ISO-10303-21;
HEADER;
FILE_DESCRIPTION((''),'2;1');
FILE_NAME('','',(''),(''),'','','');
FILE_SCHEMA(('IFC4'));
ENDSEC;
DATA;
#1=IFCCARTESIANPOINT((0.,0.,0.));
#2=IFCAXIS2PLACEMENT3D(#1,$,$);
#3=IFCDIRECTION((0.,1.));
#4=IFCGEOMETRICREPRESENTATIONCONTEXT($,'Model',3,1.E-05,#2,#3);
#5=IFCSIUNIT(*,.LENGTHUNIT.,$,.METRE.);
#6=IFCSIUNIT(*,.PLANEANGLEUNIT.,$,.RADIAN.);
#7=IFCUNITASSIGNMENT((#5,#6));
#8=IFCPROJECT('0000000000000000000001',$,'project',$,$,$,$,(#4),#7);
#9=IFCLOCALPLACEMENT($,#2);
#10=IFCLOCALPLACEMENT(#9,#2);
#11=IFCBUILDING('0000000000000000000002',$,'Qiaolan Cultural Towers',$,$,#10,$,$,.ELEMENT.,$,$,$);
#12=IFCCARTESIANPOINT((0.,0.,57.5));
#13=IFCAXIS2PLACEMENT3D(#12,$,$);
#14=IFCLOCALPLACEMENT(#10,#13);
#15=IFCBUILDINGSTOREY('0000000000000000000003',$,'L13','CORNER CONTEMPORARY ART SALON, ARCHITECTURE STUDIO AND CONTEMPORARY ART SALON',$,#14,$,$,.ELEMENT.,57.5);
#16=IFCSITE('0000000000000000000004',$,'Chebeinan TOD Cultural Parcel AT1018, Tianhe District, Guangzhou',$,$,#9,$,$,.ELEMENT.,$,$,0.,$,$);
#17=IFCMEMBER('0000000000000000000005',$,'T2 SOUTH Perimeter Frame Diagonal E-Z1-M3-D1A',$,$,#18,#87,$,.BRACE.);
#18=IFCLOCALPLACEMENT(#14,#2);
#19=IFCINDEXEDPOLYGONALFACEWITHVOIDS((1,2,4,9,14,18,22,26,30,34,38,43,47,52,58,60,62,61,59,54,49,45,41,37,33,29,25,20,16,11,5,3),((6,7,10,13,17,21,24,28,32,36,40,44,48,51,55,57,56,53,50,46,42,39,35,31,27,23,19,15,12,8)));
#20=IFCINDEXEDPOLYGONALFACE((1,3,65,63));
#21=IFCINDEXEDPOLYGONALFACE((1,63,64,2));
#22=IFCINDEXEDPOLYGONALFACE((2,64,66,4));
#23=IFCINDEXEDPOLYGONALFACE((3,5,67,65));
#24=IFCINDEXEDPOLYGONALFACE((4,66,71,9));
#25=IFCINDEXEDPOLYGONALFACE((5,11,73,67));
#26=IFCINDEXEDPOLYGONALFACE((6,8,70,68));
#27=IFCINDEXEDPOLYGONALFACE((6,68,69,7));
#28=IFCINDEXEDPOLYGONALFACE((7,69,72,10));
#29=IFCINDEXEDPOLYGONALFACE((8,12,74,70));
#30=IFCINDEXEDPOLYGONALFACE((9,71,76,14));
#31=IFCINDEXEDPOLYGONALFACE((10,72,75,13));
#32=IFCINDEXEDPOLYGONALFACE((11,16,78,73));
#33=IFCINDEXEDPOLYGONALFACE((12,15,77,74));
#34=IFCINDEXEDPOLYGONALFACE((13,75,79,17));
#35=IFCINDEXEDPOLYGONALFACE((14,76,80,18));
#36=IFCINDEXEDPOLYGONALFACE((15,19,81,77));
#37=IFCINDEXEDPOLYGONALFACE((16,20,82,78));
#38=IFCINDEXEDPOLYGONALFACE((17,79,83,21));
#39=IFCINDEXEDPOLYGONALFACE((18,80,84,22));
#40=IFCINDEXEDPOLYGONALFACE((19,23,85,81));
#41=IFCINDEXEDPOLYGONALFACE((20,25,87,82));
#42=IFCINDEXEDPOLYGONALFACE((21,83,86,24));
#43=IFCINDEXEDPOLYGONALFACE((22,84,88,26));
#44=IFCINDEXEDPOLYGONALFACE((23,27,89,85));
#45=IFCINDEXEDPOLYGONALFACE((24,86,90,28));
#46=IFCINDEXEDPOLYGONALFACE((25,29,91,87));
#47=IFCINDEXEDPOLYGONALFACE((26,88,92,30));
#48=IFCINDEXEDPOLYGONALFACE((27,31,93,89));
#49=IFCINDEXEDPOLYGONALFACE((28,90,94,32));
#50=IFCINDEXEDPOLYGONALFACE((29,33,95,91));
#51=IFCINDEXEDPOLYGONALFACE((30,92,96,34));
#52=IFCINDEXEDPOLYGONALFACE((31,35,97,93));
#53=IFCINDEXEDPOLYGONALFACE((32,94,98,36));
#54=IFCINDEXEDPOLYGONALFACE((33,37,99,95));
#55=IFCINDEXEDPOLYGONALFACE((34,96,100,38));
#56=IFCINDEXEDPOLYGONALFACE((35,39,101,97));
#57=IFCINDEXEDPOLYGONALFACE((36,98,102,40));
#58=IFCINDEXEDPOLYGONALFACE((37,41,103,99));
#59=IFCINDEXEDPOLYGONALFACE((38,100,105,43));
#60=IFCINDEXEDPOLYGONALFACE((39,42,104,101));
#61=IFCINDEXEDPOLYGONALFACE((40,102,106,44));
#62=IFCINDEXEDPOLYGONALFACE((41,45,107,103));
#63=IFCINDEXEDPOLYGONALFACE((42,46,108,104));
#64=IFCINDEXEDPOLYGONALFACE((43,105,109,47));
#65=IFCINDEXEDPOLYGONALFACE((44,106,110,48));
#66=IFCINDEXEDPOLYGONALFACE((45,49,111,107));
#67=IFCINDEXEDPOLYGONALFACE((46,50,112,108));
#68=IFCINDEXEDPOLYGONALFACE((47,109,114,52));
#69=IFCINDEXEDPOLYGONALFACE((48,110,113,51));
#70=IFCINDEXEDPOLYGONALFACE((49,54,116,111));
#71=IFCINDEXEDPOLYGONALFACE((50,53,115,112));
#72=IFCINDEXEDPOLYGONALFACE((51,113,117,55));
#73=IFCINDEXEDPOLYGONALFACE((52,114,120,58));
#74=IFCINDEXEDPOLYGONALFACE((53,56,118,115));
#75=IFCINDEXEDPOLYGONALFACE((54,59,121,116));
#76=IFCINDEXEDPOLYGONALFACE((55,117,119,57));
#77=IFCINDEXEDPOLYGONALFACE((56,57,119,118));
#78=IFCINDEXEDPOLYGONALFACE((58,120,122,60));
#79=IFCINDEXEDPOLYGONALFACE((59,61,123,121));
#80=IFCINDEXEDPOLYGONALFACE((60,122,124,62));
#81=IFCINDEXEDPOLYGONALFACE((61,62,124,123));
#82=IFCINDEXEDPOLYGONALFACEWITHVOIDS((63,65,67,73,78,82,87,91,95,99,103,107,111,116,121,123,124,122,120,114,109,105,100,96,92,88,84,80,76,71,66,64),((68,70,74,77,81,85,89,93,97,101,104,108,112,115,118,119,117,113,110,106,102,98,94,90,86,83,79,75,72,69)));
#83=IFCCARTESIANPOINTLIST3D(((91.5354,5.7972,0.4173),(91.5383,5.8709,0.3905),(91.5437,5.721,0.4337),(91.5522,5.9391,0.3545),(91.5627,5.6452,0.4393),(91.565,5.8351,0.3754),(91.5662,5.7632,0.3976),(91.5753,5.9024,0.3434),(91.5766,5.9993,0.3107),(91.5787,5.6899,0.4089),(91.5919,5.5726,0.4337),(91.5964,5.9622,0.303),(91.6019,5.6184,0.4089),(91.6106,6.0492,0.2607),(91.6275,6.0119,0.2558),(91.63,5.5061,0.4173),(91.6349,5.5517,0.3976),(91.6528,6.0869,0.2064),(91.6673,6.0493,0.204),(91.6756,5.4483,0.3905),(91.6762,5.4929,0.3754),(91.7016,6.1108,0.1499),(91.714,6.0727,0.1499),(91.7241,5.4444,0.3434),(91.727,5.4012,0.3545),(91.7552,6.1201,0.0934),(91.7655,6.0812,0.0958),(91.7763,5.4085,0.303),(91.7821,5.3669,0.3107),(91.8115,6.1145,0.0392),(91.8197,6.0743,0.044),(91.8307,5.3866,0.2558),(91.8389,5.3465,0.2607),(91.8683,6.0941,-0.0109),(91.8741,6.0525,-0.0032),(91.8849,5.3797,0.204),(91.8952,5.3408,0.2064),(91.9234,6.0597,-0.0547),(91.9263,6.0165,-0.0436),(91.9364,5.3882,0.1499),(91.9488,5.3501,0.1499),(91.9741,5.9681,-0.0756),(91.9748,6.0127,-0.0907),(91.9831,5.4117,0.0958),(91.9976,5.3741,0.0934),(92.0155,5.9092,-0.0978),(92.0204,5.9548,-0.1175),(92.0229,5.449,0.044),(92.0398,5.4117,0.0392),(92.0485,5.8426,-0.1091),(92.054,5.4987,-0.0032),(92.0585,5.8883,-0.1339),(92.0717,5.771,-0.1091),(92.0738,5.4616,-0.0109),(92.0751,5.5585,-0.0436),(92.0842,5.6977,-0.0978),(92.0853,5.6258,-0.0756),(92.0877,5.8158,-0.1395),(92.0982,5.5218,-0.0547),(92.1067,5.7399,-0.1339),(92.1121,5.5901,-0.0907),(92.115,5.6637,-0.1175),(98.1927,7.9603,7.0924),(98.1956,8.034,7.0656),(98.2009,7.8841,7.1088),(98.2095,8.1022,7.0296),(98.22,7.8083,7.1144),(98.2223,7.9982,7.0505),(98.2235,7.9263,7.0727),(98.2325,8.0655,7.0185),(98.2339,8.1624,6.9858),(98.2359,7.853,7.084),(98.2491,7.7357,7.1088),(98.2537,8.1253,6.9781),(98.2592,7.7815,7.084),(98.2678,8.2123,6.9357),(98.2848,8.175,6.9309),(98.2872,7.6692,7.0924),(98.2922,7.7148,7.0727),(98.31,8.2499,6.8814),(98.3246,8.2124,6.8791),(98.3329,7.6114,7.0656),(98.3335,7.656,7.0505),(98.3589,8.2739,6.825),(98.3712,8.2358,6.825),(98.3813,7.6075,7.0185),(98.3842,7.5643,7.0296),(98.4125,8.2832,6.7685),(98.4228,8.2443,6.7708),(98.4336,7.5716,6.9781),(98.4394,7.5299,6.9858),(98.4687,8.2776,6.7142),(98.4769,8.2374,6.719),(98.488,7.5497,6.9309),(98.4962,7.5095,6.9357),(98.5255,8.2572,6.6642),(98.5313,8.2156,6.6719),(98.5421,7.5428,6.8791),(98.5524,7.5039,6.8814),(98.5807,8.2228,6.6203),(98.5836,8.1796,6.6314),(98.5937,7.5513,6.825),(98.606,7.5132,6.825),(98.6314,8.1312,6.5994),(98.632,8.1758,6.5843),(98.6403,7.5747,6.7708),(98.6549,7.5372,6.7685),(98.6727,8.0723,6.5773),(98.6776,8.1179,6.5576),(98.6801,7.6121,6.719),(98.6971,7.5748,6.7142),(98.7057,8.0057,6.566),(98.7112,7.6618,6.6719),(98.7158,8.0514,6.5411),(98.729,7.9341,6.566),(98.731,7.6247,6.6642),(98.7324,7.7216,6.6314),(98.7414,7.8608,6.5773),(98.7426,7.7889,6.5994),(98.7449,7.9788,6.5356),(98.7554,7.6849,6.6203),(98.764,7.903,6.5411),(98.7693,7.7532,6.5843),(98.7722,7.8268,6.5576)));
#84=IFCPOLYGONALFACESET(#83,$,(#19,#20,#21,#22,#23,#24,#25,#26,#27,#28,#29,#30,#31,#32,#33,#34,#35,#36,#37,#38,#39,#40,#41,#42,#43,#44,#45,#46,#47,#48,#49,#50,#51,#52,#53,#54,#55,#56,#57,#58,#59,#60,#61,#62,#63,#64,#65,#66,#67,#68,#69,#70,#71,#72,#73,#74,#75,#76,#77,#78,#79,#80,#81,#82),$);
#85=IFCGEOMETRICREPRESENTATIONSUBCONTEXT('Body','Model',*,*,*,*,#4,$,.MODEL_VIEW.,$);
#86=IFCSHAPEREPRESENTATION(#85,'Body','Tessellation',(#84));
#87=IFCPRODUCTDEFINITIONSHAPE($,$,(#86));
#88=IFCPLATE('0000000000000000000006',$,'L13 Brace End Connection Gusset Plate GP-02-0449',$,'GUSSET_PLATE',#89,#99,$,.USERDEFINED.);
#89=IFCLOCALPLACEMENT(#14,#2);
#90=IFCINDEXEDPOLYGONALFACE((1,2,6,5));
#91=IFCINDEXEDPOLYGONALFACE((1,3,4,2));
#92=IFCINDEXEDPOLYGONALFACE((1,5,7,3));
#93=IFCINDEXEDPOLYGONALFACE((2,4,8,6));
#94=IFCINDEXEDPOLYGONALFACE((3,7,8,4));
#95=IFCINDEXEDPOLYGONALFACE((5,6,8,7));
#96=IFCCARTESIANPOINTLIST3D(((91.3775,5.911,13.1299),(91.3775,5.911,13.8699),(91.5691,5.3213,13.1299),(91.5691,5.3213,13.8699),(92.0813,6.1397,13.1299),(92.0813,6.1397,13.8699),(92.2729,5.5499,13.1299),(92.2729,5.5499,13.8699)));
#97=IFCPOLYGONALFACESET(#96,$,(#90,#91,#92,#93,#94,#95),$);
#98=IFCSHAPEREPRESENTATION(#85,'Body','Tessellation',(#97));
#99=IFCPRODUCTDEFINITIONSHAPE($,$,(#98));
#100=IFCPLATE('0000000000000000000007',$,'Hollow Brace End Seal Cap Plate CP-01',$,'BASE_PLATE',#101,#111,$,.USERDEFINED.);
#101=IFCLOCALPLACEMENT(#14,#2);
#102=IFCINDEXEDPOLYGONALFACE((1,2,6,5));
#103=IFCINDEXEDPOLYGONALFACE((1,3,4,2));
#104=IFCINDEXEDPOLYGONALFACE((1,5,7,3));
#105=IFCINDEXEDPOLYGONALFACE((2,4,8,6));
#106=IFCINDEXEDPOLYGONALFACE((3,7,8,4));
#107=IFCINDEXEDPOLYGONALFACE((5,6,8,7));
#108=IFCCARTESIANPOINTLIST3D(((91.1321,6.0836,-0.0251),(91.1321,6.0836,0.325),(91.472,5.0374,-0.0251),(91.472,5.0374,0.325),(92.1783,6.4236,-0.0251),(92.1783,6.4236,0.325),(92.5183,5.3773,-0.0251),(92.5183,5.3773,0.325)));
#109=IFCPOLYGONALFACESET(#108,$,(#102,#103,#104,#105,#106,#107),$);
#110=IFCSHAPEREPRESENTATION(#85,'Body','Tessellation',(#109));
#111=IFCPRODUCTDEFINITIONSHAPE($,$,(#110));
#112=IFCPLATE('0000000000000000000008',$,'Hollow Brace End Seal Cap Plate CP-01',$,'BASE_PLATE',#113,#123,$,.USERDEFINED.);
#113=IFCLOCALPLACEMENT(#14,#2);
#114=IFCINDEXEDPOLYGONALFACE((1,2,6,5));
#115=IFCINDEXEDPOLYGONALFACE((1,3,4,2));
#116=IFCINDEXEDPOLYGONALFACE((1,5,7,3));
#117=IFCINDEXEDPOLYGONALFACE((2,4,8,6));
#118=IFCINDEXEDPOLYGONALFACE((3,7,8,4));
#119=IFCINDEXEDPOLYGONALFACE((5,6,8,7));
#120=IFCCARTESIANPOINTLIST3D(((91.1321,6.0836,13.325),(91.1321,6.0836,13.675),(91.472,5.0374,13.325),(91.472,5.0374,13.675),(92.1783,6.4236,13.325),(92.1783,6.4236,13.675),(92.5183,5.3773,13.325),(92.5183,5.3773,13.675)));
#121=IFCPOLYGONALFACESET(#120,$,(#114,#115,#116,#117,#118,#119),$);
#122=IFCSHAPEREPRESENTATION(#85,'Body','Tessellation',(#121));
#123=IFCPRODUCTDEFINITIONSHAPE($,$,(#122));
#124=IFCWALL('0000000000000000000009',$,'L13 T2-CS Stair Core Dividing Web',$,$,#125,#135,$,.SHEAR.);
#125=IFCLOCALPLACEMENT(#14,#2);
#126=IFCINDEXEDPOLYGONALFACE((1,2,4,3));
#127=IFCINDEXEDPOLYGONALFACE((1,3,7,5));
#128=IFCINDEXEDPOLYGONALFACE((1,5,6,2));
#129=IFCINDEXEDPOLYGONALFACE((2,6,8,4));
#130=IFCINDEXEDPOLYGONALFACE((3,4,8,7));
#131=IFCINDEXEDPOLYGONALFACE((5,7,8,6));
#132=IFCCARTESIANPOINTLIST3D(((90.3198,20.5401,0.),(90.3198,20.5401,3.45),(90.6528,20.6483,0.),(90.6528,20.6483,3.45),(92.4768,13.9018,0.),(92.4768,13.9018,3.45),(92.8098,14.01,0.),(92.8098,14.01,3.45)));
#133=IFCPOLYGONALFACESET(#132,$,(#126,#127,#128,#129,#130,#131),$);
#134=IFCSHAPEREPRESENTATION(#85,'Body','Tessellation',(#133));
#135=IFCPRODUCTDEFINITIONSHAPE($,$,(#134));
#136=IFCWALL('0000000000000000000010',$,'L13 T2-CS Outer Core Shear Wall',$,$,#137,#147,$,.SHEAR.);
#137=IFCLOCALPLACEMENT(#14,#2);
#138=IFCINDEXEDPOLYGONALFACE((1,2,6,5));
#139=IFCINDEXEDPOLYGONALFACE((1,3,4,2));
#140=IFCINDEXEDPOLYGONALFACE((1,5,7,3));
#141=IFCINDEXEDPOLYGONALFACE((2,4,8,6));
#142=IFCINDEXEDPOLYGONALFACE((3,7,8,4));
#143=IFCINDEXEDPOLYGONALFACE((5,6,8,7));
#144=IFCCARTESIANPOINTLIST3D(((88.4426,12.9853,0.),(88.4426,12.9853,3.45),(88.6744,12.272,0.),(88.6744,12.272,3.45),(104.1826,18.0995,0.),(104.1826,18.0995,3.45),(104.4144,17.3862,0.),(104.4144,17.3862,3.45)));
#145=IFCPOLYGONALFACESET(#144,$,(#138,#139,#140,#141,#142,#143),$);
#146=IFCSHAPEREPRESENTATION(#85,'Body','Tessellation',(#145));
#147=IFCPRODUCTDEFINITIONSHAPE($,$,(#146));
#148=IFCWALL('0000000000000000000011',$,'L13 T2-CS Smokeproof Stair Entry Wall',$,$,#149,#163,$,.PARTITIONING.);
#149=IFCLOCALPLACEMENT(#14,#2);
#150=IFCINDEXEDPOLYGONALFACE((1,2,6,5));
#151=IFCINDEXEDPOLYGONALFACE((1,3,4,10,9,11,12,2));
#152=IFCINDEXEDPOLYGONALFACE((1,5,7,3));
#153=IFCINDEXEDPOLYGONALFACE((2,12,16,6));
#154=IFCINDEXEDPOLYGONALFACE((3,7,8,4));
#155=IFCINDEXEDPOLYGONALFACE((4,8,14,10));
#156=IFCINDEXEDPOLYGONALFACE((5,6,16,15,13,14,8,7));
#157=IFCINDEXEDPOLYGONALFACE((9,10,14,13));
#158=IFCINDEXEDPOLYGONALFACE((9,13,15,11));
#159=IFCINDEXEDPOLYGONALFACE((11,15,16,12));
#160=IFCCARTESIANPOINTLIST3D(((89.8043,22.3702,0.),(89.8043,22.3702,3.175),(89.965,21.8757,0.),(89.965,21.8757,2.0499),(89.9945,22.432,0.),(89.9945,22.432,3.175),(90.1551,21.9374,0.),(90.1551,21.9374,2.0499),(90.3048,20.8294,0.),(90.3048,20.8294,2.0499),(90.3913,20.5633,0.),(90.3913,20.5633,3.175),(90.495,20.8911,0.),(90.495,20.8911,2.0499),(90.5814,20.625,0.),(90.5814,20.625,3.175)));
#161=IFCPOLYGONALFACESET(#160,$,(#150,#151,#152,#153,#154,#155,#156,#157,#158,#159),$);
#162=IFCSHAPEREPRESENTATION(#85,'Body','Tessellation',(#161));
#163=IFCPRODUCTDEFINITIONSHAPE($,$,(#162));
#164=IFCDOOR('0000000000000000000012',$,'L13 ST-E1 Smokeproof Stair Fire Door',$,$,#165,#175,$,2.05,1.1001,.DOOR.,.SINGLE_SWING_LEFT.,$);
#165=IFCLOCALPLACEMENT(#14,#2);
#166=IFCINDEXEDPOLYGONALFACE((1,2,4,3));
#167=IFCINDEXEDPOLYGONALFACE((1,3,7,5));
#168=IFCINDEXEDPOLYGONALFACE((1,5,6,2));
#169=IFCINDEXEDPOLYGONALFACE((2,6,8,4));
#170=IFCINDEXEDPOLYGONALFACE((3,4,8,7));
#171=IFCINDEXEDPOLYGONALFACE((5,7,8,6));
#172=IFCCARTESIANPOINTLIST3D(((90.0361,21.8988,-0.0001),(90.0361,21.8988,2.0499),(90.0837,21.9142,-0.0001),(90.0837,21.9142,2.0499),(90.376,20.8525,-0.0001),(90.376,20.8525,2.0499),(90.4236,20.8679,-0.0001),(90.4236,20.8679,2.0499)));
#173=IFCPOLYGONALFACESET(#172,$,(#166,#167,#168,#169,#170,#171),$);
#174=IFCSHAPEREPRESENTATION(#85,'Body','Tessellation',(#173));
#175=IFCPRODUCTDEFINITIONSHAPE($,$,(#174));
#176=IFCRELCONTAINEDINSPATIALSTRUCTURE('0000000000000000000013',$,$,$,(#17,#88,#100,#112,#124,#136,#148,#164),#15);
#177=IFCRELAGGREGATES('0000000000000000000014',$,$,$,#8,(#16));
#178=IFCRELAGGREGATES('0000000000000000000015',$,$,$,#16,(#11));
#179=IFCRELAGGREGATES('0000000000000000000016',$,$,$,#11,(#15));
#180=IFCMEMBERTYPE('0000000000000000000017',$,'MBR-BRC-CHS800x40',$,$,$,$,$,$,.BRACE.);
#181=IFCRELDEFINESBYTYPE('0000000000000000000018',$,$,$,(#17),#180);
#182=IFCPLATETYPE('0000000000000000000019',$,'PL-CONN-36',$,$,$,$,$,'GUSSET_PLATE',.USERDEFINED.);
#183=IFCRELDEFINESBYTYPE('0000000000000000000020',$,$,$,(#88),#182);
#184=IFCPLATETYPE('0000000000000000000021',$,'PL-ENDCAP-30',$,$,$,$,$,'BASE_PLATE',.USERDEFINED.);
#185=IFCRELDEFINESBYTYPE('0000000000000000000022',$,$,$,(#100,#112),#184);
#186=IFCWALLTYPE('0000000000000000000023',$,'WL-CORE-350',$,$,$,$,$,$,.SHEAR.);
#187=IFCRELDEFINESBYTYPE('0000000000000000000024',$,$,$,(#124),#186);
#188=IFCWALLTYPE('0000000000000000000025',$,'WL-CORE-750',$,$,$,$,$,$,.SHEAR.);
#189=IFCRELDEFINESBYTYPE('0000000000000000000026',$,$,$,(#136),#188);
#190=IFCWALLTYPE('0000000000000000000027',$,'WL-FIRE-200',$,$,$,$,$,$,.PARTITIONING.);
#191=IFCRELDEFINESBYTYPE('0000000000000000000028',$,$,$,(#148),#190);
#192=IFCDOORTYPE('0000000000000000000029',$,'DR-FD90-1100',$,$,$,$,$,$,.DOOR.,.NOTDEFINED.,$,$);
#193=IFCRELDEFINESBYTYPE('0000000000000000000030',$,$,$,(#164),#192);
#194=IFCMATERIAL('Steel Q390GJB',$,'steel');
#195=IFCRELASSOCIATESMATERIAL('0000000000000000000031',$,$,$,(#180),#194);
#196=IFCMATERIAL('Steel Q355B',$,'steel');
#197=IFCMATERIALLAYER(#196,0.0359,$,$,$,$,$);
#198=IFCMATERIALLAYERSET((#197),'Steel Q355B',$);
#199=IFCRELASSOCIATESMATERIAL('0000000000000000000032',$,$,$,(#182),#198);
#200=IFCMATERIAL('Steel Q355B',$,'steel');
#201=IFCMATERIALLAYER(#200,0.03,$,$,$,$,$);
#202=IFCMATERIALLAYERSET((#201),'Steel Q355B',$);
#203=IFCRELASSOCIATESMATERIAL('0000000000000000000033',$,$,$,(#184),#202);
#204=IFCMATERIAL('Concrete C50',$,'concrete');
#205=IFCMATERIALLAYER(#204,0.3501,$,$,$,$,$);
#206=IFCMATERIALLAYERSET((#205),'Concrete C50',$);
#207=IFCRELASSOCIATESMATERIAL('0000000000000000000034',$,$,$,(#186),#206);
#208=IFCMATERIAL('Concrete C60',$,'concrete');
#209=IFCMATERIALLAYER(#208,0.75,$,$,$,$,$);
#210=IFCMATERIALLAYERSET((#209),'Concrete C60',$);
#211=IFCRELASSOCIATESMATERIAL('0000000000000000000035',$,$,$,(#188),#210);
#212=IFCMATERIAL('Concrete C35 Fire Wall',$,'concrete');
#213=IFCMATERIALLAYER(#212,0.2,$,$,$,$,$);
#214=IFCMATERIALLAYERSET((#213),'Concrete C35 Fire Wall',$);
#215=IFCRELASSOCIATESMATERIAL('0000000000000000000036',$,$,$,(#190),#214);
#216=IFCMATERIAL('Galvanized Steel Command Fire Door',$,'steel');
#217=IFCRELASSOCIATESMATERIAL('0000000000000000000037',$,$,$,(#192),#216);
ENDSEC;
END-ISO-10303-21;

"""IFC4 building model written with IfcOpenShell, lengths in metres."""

from ifc_helpers import new_model, si_unit, direction, frame, frame_2d, origin, origin_2d, place, context, subcontext, project, spatial, rectangle, hollow_circle, extrude, material, layer, layer_set, material_profile, profile_set, type_object, element, fill, save


model = new_model("IFC4")

# Units and contexts
model_context = context("Model", 3, precision=1e-05, world=origin(), true_north=direction((0.0, 1.0)))
body_context = subcontext(model_context, "Body", "Model", "MODEL_VIEW")
ifc_project = project(units=[si_unit("LENGTHUNIT", "METRE"), si_unit("PLANEANGLEUNIT", "RADIAN")], contexts=[model_context])

# Site, building, storey
site_placement = place(None, origin())
site = spatial("IfcSite", under=ifc_project, at=site_placement, Name="Chebeinan TOD Cultural Parcel AT1018, Tianhe District, Guangzhou", CompositionType="ELEMENT", RefElevation=0.0)
building_placement = place(site_placement, origin())
building = spatial("IfcBuilding", under=site, at=building_placement, Name="Qiaolan Cultural Towers", CompositionType="ELEMENT")
storey_placement = place(building_placement, frame((0.0, 0.0, 57.5)))
storey = spatial("IfcBuildingStorey", under=building, at=storey_placement, Name="L13", Description="CORNER CONTEMPORARY ART SALON, ARCHITECTURE STUDIO AND CONTEMPORARY ART SALON", CompositionType="ELEMENT", Elevation=57.5)

# Member
ifc_material_1 = material(Name="Steel Q390GJB", Category="steel")
ifc_material_profile_1 = material_profile(ifc_material_1, hollow_circle(Radius=0.3999, WallThickness=0.04, at=origin_2d()), Name="CHS800x40")
ifc_profile_set_1 = profile_set([ifc_material_profile_1], Name="Steel Q390GJB")
member_type = type_object("IfcMemberType", Name="MBR-BRC-CHS800x40", PredefinedType="BRACE", material=ifc_profile_set_1)
member_placement = place(storey_placement, frame((91.8252, 5.7305, 0.1499), z_axis=(0.688276, 0.223637, 0.690118), x_axis=(-0.30902, 0.951056, 0.0)))
element("IfcMember", 1, at=member_placement, inside=storey, type_object=member_type, Name="T2 SOUTH Perimeter Frame Diagonal E-Z1-M3-D1A", PredefinedType="BRACE", context=body_context, shape_type="SweptSolid", body=[
    extrude(hollow_circle(Radius=0.3999, WallThickness=0.04, at=origin_2d()), origin(), (0.0, 0.0, 1.0), 9.6724),
])

# Plates
ifc_material_2 = material(Name="Steel Q355B", Category="steel")
ifc_layer_1 = layer(ifc_material_2, 0.0359)
ifc_layer_set_1 = layer_set([ifc_layer_1], Name="Steel Q355B")
plate_type_1 = type_object("IfcPlateType", Name="PL-CONN-36", ElementType="GUSSET_PLATE", PredefinedType="USERDEFINED", material=ifc_layer_set_1)
plate_placement = place(storey_placement, frame((91.8252, 5.7305, 13.1299), z_axis=(0.0, 0.0, 1.0), x_axis=(0.951057, 0.309017, 0.0)))
element("IfcPlate", 2, at=plate_placement, inside=storey, type_object=plate_type_1, Name="L13 Brace End Connection Gusset Plate GP-02-0449", ObjectType="GUSSET_PLATE", PredefinedType="USERDEFINED", context=body_context, shape_type="SweptSolid", body=[
    extrude(rectangle(XDim=0.74, YDim=0.6201, at=origin_2d()), origin(), (0.0, 0.0, 1.0), 0.74),
])
ifc_material_3 = material(Name="Steel Q355B", Category="steel")
ifc_layer_2 = layer(ifc_material_3, 0.03)
ifc_layer_set_2 = layer_set([ifc_layer_2], Name="Steel Q355B")
plate_type_2 = type_object("IfcPlateType", Name="PL-ENDCAP-30", ElementType="BASE_PLATE", PredefinedType="USERDEFINED", material=ifc_layer_set_2)
for number, where, z_axis, x_axis, name in (
    (3, (91.8252, 5.7305, -0.0251), (0.0, 0.0, 1.0), (0.951057, 0.309017, 0.0), "Hollow Brace End Seal Cap Plate CP-01"),
    (4, (91.8252, 5.7305, 13.325), (0.0, 0.0, 1.0), (0.951057, 0.309017, 0.0), "Hollow Brace End Seal Cap Plate CP-01"),
):
    element("IfcPlate", number, at=place(storey_placement, frame(where, z_axis=z_axis, x_axis=x_axis)), inside=storey, type_object=plate_type_2, Name=name, ObjectType="BASE_PLATE", PredefinedType="USERDEFINED", context=body_context, shape_type="SweptSolid", body=[
        extrude(rectangle(XDim=1.1001, YDim=1.1001, at=origin_2d()), origin(), (0.0, 0.0, 1.0), 0.3501),
    ])

# Walls
ifc_material_4 = material(Name="Concrete C50", Category="concrete")
ifc_layer_3 = layer(ifc_material_4, 0.3501)
ifc_layer_set_3 = layer_set([ifc_layer_3], Name="Concrete C50")
wall_type_1 = type_object("IfcWallType", Name="WL-CORE-350", PredefinedType="SHEAR", material=ifc_layer_set_3)
wall_1_placement = place(storey_placement, frame((90.4863, 20.5942, 0.0), z_axis=(0.0, 0.0, 1.0), x_axis=(0.30902, -0.951055, 0.0)))
element("IfcWall", 5, at=wall_1_placement, inside=storey, type_object=wall_type_1, Name="L13 T2-CS Stair Core Dividing Web", PredefinedType="SHEAR", context=body_context, shape_type="SweptSolid", body=[
    extrude(rectangle(XDim=6.98, YDim=0.3501, at=frame_2d((3.49, 0.0))), origin(), (0.0, 0.0, 1.0), 3.45),
])
ifc_material_5 = material(Name="Concrete C60", Category="concrete")
ifc_layer_4 = layer(ifc_material_5, 0.75)
ifc_layer_set_4 = layer_set([ifc_layer_4], Name="Concrete C60")
wall_type_2 = type_object("IfcWallType", Name="WL-CORE-750", PredefinedType="SHEAR", material=ifc_layer_set_4)
wall_2_placement = place(storey_placement, frame((88.5586, 12.6287, 0.0), z_axis=(0.0, 0.0, 1.0), x_axis=(0.951056, 0.309018, 0.0)))
element("IfcWall", 6, at=wall_2_placement, inside=storey, type_object=wall_type_2, Name="L13 T2-CS Outer Core Shear Wall", PredefinedType="SHEAR", context=body_context, shape_type="SweptSolid", body=[
    extrude(rectangle(XDim=16.55, YDim=0.75, at=frame_2d((8.2749, 0.0))), origin(), (0.0, 0.0, 1.0), 3.45),
])

# Wall, opening, door
ifc_material_6 = material(Name="Concrete C35 Fire Wall", Category="concrete")
ifc_layer_5 = layer(ifc_material_6, 0.2)
ifc_layer_set_5 = layer_set([ifc_layer_5], Name="Concrete C35 Fire Wall")
wall_type_3 = type_object("IfcWallType", Name="WL-FIRE-200", PredefinedType="PARTITIONING", material=ifc_layer_set_5)
wall_3_placement = place(storey_placement, frame((89.8994, 22.4011, 0.0), z_axis=(0.0, 0.0, 1.0), x_axis=(0.308932, -0.951084, 0.0)))
wall_3 = element("IfcWall", 7, at=wall_3_placement, inside=storey, type_object=wall_type_3, Name="L13 T2-CS Smokeproof Stair Entry Wall", PredefinedType="PARTITIONING", context=body_context, shape_type="SweptSolid", body=[
    extrude(rectangle(XDim=1.8999, YDim=0.2, at=frame_2d((0.95, 0.0))), origin(), (0.0, 0.0, 1.0), 3.175),
])
opening_1_placement = place(wall_3_placement, frame((0.52, 0.0, 0.0)))
opening_1 = element("IfcOpeningElement", 8, at=opening_1_placement, cuts=wall_3, PredefinedType="OPENING", context=body_context, shape_type="SweptSolid", body=[
    extrude(rectangle(XDim=1.1001, YDim=2.05, at=frame_2d((0.55, 1.0249))), frame((0.0, 0.1099, 0.0), z_axis=(0.0, -1.0, 0.0), x_axis=(1.0, 0.0, 0.0)), (0.0, 0.0, 1.0), 0.22),
])
ifc_material_7 = material(Name="Galvanized Steel Command Fire Door", Category="steel")
door_type_1 = type_object("IfcDoorType", Name="DR-FD90-1100", OperationType="NOTDEFINED", PredefinedType="DOOR", material=ifc_material_7)
door_1_placement = place(opening_1_placement, origin())
door_1 = element("IfcDoor", 9, at=door_1_placement, inside=storey, type_object=door_type_1, Name="L13 ST-E1 Smokeproof Stair Fire Door", OperationType="SINGLE_SWING_LEFT", OverallHeight=2.05, OverallWidth=1.1001, PredefinedType="DOOR", context=body_context, shape_type="SweptSolid", body=[
    extrude(rectangle(XDim=1.1001, YDim=2.05, at=frame_2d((0.55, 1.0249))), frame((0.0, 0.0249, 0.0), z_axis=(0.0, -1.0, 0.0), x_axis=(1.0, 0.0, 0.0)), (0.0, 0.0, 1.0), 0.05),
])
fill(opening_1, door_1)

save(model, "model.ifc")
